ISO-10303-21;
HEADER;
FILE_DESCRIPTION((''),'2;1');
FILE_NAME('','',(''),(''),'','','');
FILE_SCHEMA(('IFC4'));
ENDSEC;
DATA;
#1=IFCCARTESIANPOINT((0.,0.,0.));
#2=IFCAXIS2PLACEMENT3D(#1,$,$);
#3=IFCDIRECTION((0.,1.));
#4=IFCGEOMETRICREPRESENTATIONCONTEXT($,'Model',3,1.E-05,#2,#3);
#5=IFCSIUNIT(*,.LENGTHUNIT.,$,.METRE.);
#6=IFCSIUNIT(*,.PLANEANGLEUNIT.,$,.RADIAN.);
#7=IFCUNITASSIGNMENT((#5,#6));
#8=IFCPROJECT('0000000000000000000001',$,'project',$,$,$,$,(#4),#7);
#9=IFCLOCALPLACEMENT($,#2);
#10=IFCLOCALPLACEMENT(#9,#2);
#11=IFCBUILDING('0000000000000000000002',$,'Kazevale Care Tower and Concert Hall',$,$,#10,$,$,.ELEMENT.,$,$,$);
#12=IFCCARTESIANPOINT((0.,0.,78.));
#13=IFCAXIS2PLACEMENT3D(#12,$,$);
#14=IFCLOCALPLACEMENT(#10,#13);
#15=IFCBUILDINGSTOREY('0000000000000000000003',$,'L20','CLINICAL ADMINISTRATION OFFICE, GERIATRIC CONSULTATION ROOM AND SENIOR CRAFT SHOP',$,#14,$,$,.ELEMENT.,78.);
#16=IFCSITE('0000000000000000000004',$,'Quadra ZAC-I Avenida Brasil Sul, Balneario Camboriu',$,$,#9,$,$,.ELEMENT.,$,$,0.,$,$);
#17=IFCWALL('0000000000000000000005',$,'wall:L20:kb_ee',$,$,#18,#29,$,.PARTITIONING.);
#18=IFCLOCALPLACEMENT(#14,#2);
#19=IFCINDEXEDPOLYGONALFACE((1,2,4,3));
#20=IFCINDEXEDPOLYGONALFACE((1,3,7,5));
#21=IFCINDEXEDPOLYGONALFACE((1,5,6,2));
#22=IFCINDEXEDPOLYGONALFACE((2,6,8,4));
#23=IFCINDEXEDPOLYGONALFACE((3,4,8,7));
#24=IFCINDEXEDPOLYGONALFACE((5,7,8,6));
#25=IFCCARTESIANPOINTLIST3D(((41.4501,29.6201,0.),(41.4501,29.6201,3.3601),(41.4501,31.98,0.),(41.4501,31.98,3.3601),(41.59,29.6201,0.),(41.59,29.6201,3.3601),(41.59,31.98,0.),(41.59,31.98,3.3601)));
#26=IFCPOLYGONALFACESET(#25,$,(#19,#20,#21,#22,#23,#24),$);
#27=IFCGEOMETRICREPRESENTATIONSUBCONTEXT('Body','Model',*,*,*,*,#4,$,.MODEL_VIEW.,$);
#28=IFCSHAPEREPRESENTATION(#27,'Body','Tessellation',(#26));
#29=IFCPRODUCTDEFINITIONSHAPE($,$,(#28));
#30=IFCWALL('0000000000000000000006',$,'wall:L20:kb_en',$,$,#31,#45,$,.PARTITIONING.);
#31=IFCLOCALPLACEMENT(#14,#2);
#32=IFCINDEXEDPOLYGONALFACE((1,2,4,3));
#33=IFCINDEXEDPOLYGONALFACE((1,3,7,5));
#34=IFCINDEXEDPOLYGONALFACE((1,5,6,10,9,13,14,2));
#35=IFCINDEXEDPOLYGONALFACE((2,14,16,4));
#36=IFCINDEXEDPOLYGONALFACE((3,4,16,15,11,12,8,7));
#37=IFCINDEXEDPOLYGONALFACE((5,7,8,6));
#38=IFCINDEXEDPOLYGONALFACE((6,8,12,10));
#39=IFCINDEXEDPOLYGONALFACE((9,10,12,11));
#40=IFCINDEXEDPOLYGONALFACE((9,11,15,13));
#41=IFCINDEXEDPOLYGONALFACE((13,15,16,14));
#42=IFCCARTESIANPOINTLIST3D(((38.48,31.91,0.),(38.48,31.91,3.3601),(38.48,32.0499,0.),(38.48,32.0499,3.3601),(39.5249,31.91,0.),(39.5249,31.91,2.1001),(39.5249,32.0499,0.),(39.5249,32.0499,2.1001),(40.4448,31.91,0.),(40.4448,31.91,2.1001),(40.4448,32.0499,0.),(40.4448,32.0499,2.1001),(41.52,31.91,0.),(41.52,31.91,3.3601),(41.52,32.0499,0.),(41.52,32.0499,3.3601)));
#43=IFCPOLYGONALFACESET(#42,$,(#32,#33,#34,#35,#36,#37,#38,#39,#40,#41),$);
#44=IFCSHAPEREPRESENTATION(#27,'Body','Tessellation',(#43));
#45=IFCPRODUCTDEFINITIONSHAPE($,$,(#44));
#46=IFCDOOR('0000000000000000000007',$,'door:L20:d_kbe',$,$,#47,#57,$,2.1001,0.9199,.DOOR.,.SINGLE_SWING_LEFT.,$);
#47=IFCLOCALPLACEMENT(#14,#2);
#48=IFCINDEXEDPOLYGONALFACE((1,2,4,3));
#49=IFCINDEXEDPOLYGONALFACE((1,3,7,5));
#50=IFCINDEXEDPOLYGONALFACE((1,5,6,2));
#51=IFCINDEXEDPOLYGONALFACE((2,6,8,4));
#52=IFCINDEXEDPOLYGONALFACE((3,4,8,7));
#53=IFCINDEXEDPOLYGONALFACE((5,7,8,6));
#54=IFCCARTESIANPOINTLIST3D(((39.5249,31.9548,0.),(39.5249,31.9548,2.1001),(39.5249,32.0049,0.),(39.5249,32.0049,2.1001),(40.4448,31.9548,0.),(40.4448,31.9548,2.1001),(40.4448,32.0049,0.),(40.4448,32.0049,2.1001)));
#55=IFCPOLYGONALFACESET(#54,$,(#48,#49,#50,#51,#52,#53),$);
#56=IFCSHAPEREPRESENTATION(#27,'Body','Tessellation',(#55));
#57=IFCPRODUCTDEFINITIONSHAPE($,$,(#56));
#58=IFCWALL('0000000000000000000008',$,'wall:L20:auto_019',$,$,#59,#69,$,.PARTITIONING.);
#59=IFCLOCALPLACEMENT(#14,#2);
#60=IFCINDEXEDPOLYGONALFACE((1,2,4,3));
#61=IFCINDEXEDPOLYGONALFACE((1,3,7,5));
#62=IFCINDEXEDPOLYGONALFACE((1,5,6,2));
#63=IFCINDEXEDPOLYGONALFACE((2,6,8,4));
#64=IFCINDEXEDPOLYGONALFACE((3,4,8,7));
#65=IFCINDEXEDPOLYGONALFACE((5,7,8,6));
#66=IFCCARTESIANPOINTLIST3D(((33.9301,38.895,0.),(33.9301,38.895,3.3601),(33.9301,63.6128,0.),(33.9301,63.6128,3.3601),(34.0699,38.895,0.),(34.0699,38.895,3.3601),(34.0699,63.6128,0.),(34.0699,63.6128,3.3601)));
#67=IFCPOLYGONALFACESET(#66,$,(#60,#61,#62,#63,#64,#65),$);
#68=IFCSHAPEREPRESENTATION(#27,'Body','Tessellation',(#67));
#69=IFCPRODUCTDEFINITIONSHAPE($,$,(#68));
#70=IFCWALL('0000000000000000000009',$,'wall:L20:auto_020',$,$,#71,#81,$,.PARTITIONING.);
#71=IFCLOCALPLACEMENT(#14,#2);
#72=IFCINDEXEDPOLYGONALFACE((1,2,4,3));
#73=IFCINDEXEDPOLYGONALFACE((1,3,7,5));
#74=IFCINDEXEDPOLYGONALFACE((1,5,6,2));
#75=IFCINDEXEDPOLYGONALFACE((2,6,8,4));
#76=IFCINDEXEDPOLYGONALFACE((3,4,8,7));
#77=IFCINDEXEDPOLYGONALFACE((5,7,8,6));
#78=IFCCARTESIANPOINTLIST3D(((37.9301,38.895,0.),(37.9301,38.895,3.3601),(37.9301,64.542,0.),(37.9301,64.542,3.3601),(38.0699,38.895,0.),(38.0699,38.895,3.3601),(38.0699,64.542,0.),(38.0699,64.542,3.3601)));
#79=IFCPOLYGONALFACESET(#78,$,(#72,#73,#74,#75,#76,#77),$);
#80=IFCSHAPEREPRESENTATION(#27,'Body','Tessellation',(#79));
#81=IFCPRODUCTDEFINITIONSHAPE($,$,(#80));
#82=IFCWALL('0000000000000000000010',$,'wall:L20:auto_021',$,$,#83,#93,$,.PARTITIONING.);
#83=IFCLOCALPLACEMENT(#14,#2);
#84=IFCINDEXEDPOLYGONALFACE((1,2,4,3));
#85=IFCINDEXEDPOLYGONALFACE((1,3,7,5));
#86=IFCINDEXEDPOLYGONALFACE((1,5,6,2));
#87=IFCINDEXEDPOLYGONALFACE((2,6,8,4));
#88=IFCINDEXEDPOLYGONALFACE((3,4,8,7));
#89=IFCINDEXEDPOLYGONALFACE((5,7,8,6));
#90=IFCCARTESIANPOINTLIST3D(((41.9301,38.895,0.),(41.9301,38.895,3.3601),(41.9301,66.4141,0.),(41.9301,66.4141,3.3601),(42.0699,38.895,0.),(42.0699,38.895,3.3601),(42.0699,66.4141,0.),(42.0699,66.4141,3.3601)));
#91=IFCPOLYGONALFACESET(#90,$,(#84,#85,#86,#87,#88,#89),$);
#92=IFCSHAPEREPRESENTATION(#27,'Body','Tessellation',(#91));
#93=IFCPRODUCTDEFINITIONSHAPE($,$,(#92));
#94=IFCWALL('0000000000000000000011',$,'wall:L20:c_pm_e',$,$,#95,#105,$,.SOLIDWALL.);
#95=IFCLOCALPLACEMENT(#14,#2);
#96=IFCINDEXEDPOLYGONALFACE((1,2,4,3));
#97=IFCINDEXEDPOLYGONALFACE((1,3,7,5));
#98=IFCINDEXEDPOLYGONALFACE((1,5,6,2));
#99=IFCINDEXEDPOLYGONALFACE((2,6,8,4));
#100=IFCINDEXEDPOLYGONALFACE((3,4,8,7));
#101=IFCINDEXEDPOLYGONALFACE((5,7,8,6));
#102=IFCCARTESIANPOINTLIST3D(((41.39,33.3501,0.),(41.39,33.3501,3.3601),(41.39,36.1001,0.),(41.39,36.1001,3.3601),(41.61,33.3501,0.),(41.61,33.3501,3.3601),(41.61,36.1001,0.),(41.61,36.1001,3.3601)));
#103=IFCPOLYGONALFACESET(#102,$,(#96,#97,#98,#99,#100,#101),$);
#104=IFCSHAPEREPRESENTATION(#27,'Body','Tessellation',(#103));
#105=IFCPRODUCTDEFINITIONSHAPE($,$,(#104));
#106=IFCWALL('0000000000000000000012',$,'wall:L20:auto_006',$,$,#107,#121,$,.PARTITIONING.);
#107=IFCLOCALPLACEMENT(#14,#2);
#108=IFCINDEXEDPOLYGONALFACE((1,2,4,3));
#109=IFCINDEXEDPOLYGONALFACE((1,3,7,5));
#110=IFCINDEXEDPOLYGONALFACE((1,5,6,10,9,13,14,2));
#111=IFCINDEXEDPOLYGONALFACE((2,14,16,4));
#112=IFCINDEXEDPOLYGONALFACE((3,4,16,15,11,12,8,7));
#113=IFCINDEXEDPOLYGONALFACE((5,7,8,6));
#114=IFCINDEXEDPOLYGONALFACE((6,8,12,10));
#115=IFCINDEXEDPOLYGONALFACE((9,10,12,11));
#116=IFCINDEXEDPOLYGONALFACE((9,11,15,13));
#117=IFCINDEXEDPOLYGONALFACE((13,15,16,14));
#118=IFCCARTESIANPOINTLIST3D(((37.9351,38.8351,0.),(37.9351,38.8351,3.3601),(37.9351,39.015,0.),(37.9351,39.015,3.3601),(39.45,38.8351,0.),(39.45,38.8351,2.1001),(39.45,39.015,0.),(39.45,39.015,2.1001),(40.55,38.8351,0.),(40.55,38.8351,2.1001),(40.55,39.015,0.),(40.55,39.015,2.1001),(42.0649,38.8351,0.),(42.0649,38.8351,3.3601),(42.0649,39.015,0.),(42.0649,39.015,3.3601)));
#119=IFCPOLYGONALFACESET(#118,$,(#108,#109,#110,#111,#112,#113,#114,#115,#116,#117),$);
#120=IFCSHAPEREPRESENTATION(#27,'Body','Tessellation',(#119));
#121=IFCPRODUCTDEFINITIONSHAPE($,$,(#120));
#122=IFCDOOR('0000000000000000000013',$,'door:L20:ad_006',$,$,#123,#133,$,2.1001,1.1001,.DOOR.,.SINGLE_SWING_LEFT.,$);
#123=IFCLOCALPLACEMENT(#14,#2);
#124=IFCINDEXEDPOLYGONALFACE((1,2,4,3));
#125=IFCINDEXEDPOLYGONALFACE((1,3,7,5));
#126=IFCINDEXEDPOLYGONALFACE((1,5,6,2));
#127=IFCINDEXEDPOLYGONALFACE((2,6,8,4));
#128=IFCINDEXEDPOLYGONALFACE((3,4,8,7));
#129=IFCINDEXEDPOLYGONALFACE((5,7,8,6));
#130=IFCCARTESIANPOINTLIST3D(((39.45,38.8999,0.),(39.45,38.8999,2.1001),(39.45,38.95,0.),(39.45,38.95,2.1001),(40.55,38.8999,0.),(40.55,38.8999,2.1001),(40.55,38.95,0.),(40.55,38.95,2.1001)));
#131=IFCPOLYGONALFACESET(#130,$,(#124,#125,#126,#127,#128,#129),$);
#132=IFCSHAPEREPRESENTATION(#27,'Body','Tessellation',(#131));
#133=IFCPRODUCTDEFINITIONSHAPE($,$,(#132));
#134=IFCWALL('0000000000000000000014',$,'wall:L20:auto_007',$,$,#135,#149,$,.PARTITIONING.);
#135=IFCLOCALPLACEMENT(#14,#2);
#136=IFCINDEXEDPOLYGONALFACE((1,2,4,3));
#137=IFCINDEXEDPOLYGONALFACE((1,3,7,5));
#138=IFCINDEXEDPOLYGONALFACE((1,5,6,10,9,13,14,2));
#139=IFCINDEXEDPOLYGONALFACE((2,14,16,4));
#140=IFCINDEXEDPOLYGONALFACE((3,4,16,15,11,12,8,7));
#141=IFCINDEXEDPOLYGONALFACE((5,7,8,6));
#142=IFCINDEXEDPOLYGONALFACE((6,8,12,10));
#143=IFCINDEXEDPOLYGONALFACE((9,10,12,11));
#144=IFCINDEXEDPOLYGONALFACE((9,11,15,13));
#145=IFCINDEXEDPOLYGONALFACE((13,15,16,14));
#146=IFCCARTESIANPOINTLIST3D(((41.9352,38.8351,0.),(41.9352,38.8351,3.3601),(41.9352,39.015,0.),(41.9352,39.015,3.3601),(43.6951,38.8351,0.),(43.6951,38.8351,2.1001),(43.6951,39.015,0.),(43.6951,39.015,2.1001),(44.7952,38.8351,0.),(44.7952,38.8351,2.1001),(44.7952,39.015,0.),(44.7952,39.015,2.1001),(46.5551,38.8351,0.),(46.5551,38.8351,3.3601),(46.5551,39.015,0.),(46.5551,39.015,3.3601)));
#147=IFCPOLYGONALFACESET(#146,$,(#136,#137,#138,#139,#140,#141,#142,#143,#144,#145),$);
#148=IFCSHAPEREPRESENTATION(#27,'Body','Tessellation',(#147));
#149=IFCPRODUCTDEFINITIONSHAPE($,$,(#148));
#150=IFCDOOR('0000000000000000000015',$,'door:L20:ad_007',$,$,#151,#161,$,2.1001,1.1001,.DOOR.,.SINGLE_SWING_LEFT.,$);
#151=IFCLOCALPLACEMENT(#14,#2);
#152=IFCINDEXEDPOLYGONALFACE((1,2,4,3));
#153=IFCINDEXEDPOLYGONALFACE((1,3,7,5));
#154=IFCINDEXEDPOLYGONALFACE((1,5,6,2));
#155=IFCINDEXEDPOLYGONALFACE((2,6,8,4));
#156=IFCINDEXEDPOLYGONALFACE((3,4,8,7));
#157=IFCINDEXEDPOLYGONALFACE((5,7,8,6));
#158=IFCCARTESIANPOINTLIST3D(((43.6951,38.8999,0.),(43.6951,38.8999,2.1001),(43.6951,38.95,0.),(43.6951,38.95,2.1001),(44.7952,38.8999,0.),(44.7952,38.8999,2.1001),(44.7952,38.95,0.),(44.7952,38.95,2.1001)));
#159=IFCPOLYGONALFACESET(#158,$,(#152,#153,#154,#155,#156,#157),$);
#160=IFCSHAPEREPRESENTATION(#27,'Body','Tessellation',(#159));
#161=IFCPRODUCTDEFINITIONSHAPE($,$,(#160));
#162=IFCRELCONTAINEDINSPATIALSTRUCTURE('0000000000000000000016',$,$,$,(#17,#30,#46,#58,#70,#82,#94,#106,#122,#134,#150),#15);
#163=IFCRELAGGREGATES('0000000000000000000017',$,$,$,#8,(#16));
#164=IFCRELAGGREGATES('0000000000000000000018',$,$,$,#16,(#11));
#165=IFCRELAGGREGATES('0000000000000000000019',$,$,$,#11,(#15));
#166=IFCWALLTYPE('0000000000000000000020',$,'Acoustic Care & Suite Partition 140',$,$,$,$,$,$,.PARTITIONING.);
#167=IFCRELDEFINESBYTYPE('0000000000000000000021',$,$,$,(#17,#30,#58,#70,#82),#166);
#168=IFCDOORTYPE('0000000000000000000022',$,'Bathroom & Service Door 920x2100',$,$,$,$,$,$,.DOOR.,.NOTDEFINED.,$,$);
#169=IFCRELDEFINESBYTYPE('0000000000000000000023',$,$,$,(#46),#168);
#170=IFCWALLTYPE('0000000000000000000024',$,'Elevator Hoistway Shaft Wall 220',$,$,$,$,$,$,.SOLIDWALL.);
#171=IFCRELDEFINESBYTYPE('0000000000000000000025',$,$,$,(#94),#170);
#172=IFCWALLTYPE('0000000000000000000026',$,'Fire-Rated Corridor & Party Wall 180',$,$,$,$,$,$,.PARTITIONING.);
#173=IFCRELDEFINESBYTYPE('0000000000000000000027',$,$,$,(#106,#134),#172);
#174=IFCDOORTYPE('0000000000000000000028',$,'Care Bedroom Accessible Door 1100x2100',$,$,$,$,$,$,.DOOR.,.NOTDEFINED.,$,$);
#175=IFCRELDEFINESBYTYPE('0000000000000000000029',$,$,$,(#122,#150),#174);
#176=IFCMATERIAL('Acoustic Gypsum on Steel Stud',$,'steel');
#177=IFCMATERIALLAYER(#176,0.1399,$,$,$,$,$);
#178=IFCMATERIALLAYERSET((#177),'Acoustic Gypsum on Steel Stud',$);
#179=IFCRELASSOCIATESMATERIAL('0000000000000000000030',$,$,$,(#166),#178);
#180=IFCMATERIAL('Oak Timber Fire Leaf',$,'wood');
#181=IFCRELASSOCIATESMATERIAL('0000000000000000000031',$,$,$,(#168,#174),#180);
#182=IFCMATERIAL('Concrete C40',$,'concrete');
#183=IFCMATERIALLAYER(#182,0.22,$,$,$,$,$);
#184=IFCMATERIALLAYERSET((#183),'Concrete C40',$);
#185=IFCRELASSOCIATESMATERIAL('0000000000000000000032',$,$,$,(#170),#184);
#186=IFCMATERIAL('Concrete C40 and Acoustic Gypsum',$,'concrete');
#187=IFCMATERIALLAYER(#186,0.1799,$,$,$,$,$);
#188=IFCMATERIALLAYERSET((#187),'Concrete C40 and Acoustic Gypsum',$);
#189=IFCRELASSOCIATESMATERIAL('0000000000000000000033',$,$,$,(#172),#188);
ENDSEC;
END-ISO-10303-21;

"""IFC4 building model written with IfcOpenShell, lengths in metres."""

from ifc_helpers import new_model, si_unit, direction, frame, frame_2d, origin, place, context, subcontext, project, spatial, rectangle, extrude, material, layer, layer_set, type_object, element, fill, save


model = new_model("IFC4")

# Units and contexts
model_context = context("Model", 3, precision=1e-05, world=origin(), true_north=direction((0.0, 1.0)))
body_context = subcontext(model_context, "Body", "Model", "MODEL_VIEW")
ifc_project = project(units=[si_unit("LENGTHUNIT", "METRE"), si_unit("PLANEANGLEUNIT", "RADIAN")], contexts=[model_context])

# Site, building, storey
site_placement = place(None, origin())
site = spatial("IfcSite", under=ifc_project, at=site_placement, Name="Quadra ZAC-I Avenida Brasil Sul, Balneario Camboriu", CompositionType="ELEMENT", RefElevation=0.0)
building_placement = place(site_placement, origin())
building = spatial("IfcBuilding", under=site, at=building_placement, Name="Kazevale Care Tower and Concert Hall", CompositionType="ELEMENT")
storey_placement = place(building_placement, frame((0.0, 0.0, 78.0)))
storey = spatial("IfcBuildingStorey", under=building, at=storey_placement, Name="L20", Description="CLINICAL ADMINISTRATION OFFICE, GERIATRIC CONSULTATION ROOM AND SENIOR CRAFT SHOP", CompositionType="ELEMENT", Elevation=78.0)

# Wall
ifc_material_1 = material(Name="Acoustic Gypsum on Steel Stud", Category="steel")
ifc_layer_1 = layer(ifc_material_1, 0.1399)
ifc_layer_set_1 = layer_set([ifc_layer_1], Name="Acoustic Gypsum on Steel Stud")
wall_type_1 = type_object("IfcWallType", Name="Acoustic Care & Suite Partition 140", PredefinedType="PARTITIONING", material=ifc_layer_set_1)
for number, where, z_axis, x_axis, name in (
    (1, (41.52, 29.6201, 0.0), (0.0, 0.0, 1.0), (0.0, 1.0, 0.0), "wall:L20:kb_ee"),
):
    element("IfcWall", number, at=place(storey_placement, frame(where, z_axis=z_axis, x_axis=x_axis)), inside=storey, type_object=wall_type_1, Name=name, PredefinedType="PARTITIONING", context=body_context, shape_type="SweptSolid", body=[
        extrude(rectangle(XDim=2.3599, YDim=0.1399, at=frame_2d((1.1799, 0.0))), origin(), (0.0, 0.0, 1.0), 3.3601),
    ])

# Wall, opening, door
wall_1_placement = place(storey_placement, frame((38.48, 31.98, 0.0), z_axis=(0.0, 0.0, 1.0), x_axis=(1.0, 0.0, 0.0)))
wall_1 = element("IfcWall", 2, at=wall_1_placement, inside=storey, type_object=wall_type_1, Name="wall:L20:kb_en", PredefinedType="PARTITIONING", context=body_context, shape_type="SweptSolid", body=[
    extrude(rectangle(XDim=3.04, YDim=0.1399, at=frame_2d((1.52, 0.0))), origin(), (0.0, 0.0, 1.0), 3.3601),
])
opening_1_placement = place(wall_1_placement, frame((1.0449, 0.0, 0.0)))
opening_1 = element("IfcOpeningElement", 3, at=opening_1_placement, cuts=wall_1, PredefinedType="OPENING", context=body_context, shape_type="SweptSolid", body=[
    extrude(rectangle(XDim=0.9199, YDim=2.1001, at=frame_2d((0.46, 1.05))), frame((0.0, 0.0798, 0.0), z_axis=(0.0, -1.0, 0.0), x_axis=(1.0, 0.0, 0.0)), (0.0, 0.0, 1.0), 0.1599),
])
ifc_material_2 = material(Name="Oak Timber Fire Leaf", Category="wood")
door_type_1 = type_object("IfcDoorType", Name="Bathroom & Service Door 920x2100", OperationType="NOTDEFINED", PredefinedType="DOOR", material=ifc_material_2)
door_1_placement = place(opening_1_placement, origin())
door_1 = element("IfcDoor", 4, at=door_1_placement, inside=storey, type_object=door_type_1, Name="door:L20:d_kbe", OperationType="SINGLE_SWING_LEFT", OverallHeight=2.1001, OverallWidth=0.9199, PredefinedType="DOOR", context=body_context, shape_type="SweptSolid", body=[
    extrude(rectangle(XDim=0.9199, YDim=2.1001, at=frame_2d((0.46, 1.05))), frame((0.0, 0.0249, 0.0), z_axis=(0.0, -1.0, 0.0), x_axis=(1.0, 0.0, 0.0)), (0.0, 0.0, 1.0), 0.05),
])
fill(opening_1, door_1)

# Walls
wall_2_placement = place(storey_placement, frame((34.0, 63.6128, 0.0), z_axis=(0.0, 0.0, 1.0), x_axis=(0.0, -1.0, 0.0)))
element("IfcWall", 5, at=wall_2_placement, inside=storey, type_object=wall_type_1, Name="wall:L20:auto_019", PredefinedType="PARTITIONING", context=body_context, shape_type="SweptSolid", body=[
    extrude(rectangle(XDim=24.7178, YDim=0.1399, at=frame_2d((12.3589, 0.0))), origin(), (0.0, 0.0, 1.0), 3.3601),
])
wall_3_placement = place(storey_placement, frame((38.0, 64.542, 0.0), z_axis=(0.0, 0.0, 1.0), x_axis=(0.0, -1.0, 0.0)))
element("IfcWall", 6, at=wall_3_placement, inside=storey, type_object=wall_type_1, Name="wall:L20:auto_020", PredefinedType="PARTITIONING", context=body_context, shape_type="SweptSolid", body=[
    extrude(rectangle(XDim=25.647, YDim=0.1399, at=frame_2d((12.8235, 0.0))), origin(), (0.0, 0.0, 1.0), 3.3601),
])
wall_4_placement = place(storey_placement, frame((42.0, 66.4141, 0.0), z_axis=(0.0, 0.0, 1.0), x_axis=(0.0, -1.0, 0.0)))
element("IfcWall", 7, at=wall_4_placement, inside=storey, type_object=wall_type_1, Name="wall:L20:auto_021", PredefinedType="PARTITIONING", context=body_context, shape_type="SweptSolid", body=[
    extrude(rectangle(XDim=27.519, YDim=0.1399, at=frame_2d((13.7595, 0.0))), origin(), (0.0, 0.0, 1.0), 3.3601),
])
ifc_material_3 = material(Name="Concrete C40", Category="concrete")
ifc_layer_2 = layer(ifc_material_3, 0.22)
ifc_layer_set_2 = layer_set([ifc_layer_2], Name="Concrete C40")
wall_type_2 = type_object("IfcWallType", Name="Elevator Hoistway Shaft Wall 220", PredefinedType="SOLIDWALL", material=ifc_layer_set_2)
wall_5_placement = place(storey_placement, frame((41.5, 33.3501, 0.0), z_axis=(0.0, 0.0, 1.0), x_axis=(0.0, 1.0, 0.0)))
element("IfcWall", 8, at=wall_5_placement, inside=storey, type_object=wall_type_2, Name="wall:L20:c_pm_e", PredefinedType="SOLIDWALL", context=body_context, shape_type="SweptSolid", body=[
    extrude(rectangle(XDim=2.75, YDim=0.22, at=frame_2d((1.375, 0.0))), origin(), (0.0, 0.0, 1.0), 3.3601),
])

# Walls, openings, doors
ifc_material_4 = material(Name="Concrete C40 and Acoustic Gypsum", Category="concrete")
ifc_layer_3 = layer(ifc_material_4, 0.1799)
ifc_layer_set_3 = layer_set([ifc_layer_3], Name="Concrete C40 and Acoustic Gypsum")
wall_type_3 = type_object("IfcWallType", Name="Fire-Rated Corridor & Party Wall 180", PredefinedType="PARTITIONING", material=ifc_layer_set_3)
wall_6_placement = place(storey_placement, frame((37.9351, 38.925, 0.0), z_axis=(0.0, 0.0, 1.0), x_axis=(1.0, 0.0, 0.0)))
wall_6 = element("IfcWall", 9, at=wall_6_placement, inside=storey, type_object=wall_type_3, Name="wall:L20:auto_006", PredefinedType="PARTITIONING", context=body_context, shape_type="SweptSolid", body=[
    extrude(rectangle(XDim=4.1299, YDim=0.1799, at=frame_2d((2.0649, 0.0))), origin(), (0.0, 0.0, 1.0), 3.3601),
])
opening_2_placement = place(wall_6_placement, frame((1.5149, 0.0, 0.0)))
opening_2 = element("IfcOpeningElement", 10, at=opening_2_placement, cuts=wall_6, PredefinedType="OPENING", context=body_context, shape_type="SweptSolid", body=[
    extrude(rectangle(XDim=1.1001, YDim=2.1001, at=frame_2d((0.55, 1.05))), frame((0.0, 0.0999, 0.0), z_axis=(0.0, -1.0, 0.0), x_axis=(1.0, 0.0, 0.0)), (0.0, 0.0, 1.0), 0.2),
])
door_type_2 = type_object("IfcDoorType", Name="Care Bedroom Accessible Door 1100x2100", OperationType="NOTDEFINED", PredefinedType="DOOR", material=ifc_material_2)
door_2_placement = place(opening_2_placement, origin())
door_2 = element("IfcDoor", 11, at=door_2_placement, inside=storey, type_object=door_type_2, Name="door:L20:ad_006", OperationType="SINGLE_SWING_LEFT", OverallHeight=2.1001, OverallWidth=1.1001, PredefinedType="DOOR", context=body_context, shape_type="SweptSolid", body=[
    extrude(rectangle(XDim=1.1001, YDim=2.1001, at=frame_2d((0.55, 1.05))), frame((0.0, 0.0249, 0.0), z_axis=(0.0, -1.0, 0.0), x_axis=(1.0, 0.0, 0.0)), (0.0, 0.0, 1.0), 0.05),
])
fill(opening_2, door_2)
wall_7_placement = place(storey_placement, frame((41.9351, 38.925, 0.0), z_axis=(0.0, 0.0, 1.0), x_axis=(1.0, 0.0, 0.0)))
wall_7 = element("IfcWall", 12, at=wall_7_placement, inside=storey, type_object=wall_type_3, Name="wall:L20:auto_007", PredefinedType="PARTITIONING", context=body_context, shape_type="SweptSolid", body=[
    extrude(rectangle(XDim=4.6199, YDim=0.1799, at=frame_2d((2.3101, 0.0))), origin(), (0.0, 0.0, 1.0), 3.3601),
])
opening_3_placement = place(wall_7_placement, frame((1.76, 0.0, 0.0)))
opening_3 = element("IfcOpeningElement", 13, at=opening_3_placement, cuts=wall_7, PredefinedType="OPENING", context=body_context, shape_type="SweptSolid", body=[
    extrude(rectangle(XDim=1.1001, YDim=2.1001, at=frame_2d((0.55, 1.05))), frame((0.0, 0.0999, 0.0), z_axis=(0.0, -1.0, 0.0), x_axis=(1.0, 0.0, 0.0)), (0.0, 0.0, 1.0), 0.2),
])
door_3_placement = place(opening_3_placement, origin())
door_3 = element("IfcDoor", 14, at=door_3_placement, inside=storey, type_object=door_type_2, Name="door:L20:ad_007", OperationType="SINGLE_SWING_LEFT", OverallHeight=2.1001, OverallWidth=1.1001, PredefinedType="DOOR", context=body_context, shape_type="SweptSolid", body=[
    extrude(rectangle(XDim=1.1001, YDim=2.1001, at=frame_2d((0.55, 1.05))), frame((0.0, 0.0249, 0.0), z_axis=(0.0, -1.0, 0.0), x_axis=(1.0, 0.0, 0.0)), (0.0, 0.0, 1.0), 0.05),
])
fill(opening_3, door_3)

save(model, "model.ifc")
